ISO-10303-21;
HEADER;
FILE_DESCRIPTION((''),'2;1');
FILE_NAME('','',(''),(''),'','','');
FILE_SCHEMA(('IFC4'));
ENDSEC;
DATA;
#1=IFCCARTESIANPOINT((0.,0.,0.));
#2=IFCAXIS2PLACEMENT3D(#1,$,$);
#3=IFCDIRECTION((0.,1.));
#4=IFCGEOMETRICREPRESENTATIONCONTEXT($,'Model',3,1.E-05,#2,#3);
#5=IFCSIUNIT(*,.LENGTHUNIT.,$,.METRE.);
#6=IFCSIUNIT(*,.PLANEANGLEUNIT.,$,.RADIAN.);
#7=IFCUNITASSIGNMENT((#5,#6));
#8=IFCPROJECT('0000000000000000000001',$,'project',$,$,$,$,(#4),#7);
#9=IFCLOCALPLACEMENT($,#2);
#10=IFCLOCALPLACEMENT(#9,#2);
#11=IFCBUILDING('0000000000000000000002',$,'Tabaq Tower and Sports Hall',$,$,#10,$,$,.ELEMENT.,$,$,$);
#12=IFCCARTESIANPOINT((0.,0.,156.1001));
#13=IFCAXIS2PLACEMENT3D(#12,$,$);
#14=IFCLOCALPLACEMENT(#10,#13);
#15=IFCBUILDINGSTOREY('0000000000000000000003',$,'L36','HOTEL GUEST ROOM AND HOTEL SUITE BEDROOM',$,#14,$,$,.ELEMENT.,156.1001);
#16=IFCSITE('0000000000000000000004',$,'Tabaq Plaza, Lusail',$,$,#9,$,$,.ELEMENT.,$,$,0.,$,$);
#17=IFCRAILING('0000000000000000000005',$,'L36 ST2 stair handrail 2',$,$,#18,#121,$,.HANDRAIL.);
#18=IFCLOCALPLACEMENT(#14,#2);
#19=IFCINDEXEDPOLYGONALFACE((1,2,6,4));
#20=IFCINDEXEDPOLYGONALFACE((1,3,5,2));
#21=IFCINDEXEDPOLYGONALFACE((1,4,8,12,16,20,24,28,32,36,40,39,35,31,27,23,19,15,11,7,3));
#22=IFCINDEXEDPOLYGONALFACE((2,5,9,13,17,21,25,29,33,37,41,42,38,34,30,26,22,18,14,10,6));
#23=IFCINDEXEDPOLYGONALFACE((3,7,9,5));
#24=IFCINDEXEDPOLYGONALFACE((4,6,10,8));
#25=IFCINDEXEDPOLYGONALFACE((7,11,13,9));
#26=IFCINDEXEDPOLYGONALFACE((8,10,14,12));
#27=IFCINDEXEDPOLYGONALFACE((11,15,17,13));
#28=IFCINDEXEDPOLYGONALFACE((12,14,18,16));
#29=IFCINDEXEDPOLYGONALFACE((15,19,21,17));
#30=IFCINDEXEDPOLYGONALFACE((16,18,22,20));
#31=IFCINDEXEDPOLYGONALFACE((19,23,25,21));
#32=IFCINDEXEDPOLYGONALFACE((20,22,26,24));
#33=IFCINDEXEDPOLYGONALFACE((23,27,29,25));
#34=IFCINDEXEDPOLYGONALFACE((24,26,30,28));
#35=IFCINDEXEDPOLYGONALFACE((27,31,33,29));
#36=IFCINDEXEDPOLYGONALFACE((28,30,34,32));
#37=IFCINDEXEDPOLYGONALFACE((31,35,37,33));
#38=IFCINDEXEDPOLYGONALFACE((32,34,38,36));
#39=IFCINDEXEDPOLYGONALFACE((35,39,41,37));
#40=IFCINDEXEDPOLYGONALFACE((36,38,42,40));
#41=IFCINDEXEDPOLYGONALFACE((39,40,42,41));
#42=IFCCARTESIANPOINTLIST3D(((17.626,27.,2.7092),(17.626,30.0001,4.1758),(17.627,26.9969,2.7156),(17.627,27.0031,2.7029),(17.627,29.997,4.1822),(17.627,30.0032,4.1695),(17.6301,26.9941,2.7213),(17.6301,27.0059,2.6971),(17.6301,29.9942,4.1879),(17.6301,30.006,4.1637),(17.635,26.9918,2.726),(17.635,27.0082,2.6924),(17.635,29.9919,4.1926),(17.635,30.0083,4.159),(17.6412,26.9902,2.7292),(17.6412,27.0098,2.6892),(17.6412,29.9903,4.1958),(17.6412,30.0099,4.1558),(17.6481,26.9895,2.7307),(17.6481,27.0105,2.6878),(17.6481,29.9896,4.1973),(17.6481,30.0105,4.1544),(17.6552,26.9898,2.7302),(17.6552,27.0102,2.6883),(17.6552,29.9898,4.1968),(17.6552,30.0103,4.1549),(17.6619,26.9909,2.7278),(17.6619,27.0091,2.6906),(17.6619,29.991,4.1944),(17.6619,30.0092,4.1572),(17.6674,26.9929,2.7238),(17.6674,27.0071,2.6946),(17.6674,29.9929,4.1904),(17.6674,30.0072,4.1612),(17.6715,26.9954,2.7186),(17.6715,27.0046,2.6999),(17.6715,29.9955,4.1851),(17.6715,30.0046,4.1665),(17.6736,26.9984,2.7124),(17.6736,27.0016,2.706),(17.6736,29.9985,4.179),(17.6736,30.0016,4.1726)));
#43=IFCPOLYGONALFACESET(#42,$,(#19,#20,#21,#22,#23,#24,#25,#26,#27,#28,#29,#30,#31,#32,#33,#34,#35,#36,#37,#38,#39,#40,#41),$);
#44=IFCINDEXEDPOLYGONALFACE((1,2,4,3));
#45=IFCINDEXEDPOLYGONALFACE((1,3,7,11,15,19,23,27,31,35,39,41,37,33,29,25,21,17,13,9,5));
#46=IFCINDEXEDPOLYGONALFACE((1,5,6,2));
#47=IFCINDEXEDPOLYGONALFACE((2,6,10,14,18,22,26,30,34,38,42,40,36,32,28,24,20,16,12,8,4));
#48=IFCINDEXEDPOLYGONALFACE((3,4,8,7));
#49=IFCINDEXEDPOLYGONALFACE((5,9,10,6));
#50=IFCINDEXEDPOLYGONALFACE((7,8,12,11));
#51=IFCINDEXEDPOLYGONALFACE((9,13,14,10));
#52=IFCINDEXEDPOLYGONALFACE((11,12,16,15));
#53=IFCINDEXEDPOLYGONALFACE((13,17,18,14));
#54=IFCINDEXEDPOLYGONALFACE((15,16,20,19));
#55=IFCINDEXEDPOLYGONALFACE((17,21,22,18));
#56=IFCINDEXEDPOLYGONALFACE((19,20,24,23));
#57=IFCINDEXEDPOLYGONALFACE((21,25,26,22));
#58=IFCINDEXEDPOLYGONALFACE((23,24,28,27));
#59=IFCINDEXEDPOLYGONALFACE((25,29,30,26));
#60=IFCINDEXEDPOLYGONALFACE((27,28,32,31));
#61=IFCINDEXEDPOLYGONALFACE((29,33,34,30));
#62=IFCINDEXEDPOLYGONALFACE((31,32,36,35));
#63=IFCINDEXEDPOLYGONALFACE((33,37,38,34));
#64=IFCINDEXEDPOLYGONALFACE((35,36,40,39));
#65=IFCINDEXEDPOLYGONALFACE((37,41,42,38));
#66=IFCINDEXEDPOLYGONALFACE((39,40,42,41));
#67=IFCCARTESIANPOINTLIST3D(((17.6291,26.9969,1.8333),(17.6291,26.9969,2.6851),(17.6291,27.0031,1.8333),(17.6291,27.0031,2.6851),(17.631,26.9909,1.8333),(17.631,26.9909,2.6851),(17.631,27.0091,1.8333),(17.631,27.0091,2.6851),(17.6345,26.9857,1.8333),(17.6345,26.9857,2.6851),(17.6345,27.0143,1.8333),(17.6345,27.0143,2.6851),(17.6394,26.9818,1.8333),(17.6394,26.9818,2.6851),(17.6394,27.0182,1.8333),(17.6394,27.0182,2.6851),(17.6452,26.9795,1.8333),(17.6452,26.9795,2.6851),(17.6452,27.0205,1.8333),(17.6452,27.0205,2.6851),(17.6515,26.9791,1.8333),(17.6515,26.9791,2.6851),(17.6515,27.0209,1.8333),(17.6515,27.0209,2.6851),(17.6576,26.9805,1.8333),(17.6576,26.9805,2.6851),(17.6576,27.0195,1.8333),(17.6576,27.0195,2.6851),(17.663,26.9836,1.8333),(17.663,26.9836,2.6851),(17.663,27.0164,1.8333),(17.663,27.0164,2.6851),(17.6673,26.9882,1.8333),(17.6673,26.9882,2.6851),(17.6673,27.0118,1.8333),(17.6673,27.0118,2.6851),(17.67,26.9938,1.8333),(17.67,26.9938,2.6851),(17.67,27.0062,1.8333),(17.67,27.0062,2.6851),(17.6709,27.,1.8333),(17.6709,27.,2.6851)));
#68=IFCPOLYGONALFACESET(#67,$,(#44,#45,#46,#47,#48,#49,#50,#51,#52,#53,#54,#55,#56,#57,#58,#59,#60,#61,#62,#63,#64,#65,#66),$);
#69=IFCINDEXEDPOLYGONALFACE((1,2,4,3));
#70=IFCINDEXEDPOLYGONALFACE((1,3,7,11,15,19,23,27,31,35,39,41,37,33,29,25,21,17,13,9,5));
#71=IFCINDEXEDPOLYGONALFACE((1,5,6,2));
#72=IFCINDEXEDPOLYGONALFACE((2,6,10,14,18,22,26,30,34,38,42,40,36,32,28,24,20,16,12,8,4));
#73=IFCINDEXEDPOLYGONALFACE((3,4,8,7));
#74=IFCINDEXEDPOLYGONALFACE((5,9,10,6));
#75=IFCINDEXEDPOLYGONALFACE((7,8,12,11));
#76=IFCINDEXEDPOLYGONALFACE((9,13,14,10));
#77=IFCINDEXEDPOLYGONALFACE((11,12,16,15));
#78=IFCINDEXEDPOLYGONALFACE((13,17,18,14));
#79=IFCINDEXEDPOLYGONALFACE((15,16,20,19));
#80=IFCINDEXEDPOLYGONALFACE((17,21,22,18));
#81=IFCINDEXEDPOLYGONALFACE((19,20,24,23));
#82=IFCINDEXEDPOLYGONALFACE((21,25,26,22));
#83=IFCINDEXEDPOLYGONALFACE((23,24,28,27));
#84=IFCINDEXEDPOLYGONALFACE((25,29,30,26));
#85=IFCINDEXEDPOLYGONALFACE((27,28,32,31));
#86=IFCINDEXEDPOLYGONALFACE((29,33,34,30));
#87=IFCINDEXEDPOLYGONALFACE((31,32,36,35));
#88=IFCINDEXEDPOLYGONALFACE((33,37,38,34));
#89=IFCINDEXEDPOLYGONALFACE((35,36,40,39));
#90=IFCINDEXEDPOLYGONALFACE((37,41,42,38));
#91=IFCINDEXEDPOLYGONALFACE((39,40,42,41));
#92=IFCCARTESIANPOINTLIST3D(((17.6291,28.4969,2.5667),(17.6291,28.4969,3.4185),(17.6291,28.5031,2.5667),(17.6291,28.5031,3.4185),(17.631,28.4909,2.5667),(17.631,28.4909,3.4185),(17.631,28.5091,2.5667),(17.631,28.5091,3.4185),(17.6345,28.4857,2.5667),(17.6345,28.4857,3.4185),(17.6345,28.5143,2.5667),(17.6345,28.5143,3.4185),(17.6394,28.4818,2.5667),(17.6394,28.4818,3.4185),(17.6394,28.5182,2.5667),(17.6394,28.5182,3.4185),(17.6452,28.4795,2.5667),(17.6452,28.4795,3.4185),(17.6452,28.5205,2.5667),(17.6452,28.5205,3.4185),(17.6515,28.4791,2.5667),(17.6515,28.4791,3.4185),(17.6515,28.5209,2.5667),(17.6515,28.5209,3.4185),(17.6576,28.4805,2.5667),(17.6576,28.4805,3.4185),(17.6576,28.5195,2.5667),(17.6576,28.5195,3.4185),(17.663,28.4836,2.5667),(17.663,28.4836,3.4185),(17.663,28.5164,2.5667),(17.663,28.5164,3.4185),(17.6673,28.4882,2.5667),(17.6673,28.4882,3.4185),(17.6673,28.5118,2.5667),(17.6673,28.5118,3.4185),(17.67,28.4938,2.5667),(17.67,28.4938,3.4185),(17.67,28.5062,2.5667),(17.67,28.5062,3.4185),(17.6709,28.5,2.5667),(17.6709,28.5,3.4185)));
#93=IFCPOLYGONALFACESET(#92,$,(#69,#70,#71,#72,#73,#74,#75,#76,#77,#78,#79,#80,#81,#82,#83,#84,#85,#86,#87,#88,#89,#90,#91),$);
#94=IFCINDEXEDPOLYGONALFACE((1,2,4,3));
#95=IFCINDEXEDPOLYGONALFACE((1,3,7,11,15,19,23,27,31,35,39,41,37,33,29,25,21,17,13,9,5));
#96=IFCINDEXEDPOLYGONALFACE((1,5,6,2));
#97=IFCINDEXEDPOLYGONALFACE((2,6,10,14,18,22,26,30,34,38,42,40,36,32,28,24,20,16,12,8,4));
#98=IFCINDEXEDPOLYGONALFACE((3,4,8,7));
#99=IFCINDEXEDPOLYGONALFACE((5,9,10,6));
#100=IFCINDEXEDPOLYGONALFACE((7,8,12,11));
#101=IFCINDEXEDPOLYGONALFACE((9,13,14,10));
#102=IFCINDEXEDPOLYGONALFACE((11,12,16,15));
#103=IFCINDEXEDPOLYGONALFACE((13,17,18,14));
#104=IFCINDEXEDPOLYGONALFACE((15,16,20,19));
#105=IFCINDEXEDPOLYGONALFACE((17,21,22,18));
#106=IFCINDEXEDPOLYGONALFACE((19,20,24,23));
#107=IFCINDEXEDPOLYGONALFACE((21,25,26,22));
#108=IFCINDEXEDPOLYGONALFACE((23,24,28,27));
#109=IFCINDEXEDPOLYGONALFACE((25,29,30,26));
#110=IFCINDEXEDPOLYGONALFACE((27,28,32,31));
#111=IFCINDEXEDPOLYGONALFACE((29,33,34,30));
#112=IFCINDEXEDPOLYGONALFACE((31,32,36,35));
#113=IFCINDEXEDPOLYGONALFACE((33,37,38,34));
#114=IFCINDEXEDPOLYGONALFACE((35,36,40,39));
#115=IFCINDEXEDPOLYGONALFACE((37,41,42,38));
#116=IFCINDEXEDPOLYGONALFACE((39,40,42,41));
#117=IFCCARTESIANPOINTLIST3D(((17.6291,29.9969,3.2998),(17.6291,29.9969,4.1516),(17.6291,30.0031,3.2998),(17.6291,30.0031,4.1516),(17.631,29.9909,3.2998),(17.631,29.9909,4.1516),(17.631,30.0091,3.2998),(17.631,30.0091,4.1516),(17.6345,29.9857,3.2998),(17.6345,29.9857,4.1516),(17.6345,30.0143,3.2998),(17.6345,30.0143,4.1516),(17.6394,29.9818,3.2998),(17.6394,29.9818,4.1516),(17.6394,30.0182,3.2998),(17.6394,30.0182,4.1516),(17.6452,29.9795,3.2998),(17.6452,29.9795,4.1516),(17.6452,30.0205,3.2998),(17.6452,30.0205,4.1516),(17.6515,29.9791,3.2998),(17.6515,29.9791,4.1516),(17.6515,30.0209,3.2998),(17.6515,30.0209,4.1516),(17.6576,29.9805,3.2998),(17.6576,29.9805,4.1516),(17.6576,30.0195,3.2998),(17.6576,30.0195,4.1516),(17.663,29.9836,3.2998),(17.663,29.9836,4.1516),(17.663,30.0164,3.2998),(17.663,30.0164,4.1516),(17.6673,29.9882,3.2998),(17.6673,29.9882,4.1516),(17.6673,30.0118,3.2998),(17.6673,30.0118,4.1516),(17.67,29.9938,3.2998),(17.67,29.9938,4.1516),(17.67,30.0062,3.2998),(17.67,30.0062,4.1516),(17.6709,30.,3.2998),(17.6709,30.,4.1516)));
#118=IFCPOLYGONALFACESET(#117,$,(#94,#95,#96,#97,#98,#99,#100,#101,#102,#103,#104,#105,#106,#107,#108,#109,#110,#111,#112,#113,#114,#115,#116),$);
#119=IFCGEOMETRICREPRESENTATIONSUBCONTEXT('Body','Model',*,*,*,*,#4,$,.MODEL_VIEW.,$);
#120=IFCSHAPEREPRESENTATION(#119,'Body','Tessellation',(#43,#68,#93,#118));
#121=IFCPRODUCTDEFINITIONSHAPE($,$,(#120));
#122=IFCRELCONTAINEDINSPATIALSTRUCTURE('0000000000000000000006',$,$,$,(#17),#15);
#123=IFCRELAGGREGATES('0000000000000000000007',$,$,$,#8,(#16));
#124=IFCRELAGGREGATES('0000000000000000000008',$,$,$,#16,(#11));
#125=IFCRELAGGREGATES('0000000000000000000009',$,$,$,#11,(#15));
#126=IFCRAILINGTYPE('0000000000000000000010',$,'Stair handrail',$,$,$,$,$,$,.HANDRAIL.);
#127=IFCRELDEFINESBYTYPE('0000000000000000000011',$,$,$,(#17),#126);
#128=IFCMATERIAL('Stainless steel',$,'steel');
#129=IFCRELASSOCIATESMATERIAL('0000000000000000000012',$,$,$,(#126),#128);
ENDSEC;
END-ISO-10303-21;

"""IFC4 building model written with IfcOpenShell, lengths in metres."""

from ifc_helpers import new_model, si_unit, direction, frame, origin, origin_2d, place, context, subcontext, project, spatial, circle, extrude, material, type_object, element, save


model = new_model("IFC4")

# Units and contexts
model_context = context("Model", 3, precision=1e-05, world=origin(), true_north=direction((0.0, 1.0)))
body_context = subcontext(model_context, "Body", "Model", "MODEL_VIEW")
ifc_project = project(units=[si_unit("LENGTHUNIT", "METRE"), si_unit("PLANEANGLEUNIT", "RADIAN")], contexts=[model_context])

# Site, building, storey
site_placement = place(None, origin())
site = spatial("IfcSite", under=ifc_project, at=site_placement, Name="Tabaq Plaza, Lusail", CompositionType="ELEMENT", RefElevation=0.0)
building_placement = place(site_placement, origin())
building = spatial("IfcBuilding", under=site, at=building_placement, Name="Tabaq Tower and Sports Hall", CompositionType="ELEMENT")
storey_placement = place(building_placement, frame((0.0, 0.0, 156.1001)))
storey = spatial("IfcBuildingStorey", under=building, at=storey_placement, Name="L36", Description="HOTEL GUEST ROOM AND HOTEL SUITE BEDROOM", CompositionType="ELEMENT", Elevation=156.1001)

# Railing
ifc_material_1 = material(Name="Stainless steel", Category="steel")
railing_type_1 = type_object("IfcRailingType", Name="Stair handrail", PredefinedType="HANDRAIL", material=ifc_material_1)
railing_1_placement = place(storey_placement, frame((17.6499, 27.0, 1.8333)))
element("IfcRailing", 1, at=railing_1_placement, inside=storey, type_object=railing_type_1, Name="L36 ST2 stair handrail 2", PredefinedType="HANDRAIL", context=body_context, shape_type="SweptSolid", body=[
    extrude(circle(Radius=0.0239, at=origin_2d()), frame((0.0, 0.0, 0.876), z_axis=(0.0, 0.898398, 0.439183), x_axis=(-1.0, 0.0, 0.0)), (0.0, 0.0, 1.0), 3.3394),
    extrude(circle(Radius=0.021, at=origin_2d()), origin(), (0.0, 0.0, 1.0), 0.8518),
    extrude(circle(Radius=0.021, at=origin_2d()), frame((0.0, 1.5, 0.7334)), (0.0, 0.0, 1.0), 0.8518),
    extrude(circle(Radius=0.021, at=origin_2d()), frame((0.0, 3.0, 1.4666)), (0.0, 0.0, 1.0), 0.8518),
])

save(model, "model.ifc")
